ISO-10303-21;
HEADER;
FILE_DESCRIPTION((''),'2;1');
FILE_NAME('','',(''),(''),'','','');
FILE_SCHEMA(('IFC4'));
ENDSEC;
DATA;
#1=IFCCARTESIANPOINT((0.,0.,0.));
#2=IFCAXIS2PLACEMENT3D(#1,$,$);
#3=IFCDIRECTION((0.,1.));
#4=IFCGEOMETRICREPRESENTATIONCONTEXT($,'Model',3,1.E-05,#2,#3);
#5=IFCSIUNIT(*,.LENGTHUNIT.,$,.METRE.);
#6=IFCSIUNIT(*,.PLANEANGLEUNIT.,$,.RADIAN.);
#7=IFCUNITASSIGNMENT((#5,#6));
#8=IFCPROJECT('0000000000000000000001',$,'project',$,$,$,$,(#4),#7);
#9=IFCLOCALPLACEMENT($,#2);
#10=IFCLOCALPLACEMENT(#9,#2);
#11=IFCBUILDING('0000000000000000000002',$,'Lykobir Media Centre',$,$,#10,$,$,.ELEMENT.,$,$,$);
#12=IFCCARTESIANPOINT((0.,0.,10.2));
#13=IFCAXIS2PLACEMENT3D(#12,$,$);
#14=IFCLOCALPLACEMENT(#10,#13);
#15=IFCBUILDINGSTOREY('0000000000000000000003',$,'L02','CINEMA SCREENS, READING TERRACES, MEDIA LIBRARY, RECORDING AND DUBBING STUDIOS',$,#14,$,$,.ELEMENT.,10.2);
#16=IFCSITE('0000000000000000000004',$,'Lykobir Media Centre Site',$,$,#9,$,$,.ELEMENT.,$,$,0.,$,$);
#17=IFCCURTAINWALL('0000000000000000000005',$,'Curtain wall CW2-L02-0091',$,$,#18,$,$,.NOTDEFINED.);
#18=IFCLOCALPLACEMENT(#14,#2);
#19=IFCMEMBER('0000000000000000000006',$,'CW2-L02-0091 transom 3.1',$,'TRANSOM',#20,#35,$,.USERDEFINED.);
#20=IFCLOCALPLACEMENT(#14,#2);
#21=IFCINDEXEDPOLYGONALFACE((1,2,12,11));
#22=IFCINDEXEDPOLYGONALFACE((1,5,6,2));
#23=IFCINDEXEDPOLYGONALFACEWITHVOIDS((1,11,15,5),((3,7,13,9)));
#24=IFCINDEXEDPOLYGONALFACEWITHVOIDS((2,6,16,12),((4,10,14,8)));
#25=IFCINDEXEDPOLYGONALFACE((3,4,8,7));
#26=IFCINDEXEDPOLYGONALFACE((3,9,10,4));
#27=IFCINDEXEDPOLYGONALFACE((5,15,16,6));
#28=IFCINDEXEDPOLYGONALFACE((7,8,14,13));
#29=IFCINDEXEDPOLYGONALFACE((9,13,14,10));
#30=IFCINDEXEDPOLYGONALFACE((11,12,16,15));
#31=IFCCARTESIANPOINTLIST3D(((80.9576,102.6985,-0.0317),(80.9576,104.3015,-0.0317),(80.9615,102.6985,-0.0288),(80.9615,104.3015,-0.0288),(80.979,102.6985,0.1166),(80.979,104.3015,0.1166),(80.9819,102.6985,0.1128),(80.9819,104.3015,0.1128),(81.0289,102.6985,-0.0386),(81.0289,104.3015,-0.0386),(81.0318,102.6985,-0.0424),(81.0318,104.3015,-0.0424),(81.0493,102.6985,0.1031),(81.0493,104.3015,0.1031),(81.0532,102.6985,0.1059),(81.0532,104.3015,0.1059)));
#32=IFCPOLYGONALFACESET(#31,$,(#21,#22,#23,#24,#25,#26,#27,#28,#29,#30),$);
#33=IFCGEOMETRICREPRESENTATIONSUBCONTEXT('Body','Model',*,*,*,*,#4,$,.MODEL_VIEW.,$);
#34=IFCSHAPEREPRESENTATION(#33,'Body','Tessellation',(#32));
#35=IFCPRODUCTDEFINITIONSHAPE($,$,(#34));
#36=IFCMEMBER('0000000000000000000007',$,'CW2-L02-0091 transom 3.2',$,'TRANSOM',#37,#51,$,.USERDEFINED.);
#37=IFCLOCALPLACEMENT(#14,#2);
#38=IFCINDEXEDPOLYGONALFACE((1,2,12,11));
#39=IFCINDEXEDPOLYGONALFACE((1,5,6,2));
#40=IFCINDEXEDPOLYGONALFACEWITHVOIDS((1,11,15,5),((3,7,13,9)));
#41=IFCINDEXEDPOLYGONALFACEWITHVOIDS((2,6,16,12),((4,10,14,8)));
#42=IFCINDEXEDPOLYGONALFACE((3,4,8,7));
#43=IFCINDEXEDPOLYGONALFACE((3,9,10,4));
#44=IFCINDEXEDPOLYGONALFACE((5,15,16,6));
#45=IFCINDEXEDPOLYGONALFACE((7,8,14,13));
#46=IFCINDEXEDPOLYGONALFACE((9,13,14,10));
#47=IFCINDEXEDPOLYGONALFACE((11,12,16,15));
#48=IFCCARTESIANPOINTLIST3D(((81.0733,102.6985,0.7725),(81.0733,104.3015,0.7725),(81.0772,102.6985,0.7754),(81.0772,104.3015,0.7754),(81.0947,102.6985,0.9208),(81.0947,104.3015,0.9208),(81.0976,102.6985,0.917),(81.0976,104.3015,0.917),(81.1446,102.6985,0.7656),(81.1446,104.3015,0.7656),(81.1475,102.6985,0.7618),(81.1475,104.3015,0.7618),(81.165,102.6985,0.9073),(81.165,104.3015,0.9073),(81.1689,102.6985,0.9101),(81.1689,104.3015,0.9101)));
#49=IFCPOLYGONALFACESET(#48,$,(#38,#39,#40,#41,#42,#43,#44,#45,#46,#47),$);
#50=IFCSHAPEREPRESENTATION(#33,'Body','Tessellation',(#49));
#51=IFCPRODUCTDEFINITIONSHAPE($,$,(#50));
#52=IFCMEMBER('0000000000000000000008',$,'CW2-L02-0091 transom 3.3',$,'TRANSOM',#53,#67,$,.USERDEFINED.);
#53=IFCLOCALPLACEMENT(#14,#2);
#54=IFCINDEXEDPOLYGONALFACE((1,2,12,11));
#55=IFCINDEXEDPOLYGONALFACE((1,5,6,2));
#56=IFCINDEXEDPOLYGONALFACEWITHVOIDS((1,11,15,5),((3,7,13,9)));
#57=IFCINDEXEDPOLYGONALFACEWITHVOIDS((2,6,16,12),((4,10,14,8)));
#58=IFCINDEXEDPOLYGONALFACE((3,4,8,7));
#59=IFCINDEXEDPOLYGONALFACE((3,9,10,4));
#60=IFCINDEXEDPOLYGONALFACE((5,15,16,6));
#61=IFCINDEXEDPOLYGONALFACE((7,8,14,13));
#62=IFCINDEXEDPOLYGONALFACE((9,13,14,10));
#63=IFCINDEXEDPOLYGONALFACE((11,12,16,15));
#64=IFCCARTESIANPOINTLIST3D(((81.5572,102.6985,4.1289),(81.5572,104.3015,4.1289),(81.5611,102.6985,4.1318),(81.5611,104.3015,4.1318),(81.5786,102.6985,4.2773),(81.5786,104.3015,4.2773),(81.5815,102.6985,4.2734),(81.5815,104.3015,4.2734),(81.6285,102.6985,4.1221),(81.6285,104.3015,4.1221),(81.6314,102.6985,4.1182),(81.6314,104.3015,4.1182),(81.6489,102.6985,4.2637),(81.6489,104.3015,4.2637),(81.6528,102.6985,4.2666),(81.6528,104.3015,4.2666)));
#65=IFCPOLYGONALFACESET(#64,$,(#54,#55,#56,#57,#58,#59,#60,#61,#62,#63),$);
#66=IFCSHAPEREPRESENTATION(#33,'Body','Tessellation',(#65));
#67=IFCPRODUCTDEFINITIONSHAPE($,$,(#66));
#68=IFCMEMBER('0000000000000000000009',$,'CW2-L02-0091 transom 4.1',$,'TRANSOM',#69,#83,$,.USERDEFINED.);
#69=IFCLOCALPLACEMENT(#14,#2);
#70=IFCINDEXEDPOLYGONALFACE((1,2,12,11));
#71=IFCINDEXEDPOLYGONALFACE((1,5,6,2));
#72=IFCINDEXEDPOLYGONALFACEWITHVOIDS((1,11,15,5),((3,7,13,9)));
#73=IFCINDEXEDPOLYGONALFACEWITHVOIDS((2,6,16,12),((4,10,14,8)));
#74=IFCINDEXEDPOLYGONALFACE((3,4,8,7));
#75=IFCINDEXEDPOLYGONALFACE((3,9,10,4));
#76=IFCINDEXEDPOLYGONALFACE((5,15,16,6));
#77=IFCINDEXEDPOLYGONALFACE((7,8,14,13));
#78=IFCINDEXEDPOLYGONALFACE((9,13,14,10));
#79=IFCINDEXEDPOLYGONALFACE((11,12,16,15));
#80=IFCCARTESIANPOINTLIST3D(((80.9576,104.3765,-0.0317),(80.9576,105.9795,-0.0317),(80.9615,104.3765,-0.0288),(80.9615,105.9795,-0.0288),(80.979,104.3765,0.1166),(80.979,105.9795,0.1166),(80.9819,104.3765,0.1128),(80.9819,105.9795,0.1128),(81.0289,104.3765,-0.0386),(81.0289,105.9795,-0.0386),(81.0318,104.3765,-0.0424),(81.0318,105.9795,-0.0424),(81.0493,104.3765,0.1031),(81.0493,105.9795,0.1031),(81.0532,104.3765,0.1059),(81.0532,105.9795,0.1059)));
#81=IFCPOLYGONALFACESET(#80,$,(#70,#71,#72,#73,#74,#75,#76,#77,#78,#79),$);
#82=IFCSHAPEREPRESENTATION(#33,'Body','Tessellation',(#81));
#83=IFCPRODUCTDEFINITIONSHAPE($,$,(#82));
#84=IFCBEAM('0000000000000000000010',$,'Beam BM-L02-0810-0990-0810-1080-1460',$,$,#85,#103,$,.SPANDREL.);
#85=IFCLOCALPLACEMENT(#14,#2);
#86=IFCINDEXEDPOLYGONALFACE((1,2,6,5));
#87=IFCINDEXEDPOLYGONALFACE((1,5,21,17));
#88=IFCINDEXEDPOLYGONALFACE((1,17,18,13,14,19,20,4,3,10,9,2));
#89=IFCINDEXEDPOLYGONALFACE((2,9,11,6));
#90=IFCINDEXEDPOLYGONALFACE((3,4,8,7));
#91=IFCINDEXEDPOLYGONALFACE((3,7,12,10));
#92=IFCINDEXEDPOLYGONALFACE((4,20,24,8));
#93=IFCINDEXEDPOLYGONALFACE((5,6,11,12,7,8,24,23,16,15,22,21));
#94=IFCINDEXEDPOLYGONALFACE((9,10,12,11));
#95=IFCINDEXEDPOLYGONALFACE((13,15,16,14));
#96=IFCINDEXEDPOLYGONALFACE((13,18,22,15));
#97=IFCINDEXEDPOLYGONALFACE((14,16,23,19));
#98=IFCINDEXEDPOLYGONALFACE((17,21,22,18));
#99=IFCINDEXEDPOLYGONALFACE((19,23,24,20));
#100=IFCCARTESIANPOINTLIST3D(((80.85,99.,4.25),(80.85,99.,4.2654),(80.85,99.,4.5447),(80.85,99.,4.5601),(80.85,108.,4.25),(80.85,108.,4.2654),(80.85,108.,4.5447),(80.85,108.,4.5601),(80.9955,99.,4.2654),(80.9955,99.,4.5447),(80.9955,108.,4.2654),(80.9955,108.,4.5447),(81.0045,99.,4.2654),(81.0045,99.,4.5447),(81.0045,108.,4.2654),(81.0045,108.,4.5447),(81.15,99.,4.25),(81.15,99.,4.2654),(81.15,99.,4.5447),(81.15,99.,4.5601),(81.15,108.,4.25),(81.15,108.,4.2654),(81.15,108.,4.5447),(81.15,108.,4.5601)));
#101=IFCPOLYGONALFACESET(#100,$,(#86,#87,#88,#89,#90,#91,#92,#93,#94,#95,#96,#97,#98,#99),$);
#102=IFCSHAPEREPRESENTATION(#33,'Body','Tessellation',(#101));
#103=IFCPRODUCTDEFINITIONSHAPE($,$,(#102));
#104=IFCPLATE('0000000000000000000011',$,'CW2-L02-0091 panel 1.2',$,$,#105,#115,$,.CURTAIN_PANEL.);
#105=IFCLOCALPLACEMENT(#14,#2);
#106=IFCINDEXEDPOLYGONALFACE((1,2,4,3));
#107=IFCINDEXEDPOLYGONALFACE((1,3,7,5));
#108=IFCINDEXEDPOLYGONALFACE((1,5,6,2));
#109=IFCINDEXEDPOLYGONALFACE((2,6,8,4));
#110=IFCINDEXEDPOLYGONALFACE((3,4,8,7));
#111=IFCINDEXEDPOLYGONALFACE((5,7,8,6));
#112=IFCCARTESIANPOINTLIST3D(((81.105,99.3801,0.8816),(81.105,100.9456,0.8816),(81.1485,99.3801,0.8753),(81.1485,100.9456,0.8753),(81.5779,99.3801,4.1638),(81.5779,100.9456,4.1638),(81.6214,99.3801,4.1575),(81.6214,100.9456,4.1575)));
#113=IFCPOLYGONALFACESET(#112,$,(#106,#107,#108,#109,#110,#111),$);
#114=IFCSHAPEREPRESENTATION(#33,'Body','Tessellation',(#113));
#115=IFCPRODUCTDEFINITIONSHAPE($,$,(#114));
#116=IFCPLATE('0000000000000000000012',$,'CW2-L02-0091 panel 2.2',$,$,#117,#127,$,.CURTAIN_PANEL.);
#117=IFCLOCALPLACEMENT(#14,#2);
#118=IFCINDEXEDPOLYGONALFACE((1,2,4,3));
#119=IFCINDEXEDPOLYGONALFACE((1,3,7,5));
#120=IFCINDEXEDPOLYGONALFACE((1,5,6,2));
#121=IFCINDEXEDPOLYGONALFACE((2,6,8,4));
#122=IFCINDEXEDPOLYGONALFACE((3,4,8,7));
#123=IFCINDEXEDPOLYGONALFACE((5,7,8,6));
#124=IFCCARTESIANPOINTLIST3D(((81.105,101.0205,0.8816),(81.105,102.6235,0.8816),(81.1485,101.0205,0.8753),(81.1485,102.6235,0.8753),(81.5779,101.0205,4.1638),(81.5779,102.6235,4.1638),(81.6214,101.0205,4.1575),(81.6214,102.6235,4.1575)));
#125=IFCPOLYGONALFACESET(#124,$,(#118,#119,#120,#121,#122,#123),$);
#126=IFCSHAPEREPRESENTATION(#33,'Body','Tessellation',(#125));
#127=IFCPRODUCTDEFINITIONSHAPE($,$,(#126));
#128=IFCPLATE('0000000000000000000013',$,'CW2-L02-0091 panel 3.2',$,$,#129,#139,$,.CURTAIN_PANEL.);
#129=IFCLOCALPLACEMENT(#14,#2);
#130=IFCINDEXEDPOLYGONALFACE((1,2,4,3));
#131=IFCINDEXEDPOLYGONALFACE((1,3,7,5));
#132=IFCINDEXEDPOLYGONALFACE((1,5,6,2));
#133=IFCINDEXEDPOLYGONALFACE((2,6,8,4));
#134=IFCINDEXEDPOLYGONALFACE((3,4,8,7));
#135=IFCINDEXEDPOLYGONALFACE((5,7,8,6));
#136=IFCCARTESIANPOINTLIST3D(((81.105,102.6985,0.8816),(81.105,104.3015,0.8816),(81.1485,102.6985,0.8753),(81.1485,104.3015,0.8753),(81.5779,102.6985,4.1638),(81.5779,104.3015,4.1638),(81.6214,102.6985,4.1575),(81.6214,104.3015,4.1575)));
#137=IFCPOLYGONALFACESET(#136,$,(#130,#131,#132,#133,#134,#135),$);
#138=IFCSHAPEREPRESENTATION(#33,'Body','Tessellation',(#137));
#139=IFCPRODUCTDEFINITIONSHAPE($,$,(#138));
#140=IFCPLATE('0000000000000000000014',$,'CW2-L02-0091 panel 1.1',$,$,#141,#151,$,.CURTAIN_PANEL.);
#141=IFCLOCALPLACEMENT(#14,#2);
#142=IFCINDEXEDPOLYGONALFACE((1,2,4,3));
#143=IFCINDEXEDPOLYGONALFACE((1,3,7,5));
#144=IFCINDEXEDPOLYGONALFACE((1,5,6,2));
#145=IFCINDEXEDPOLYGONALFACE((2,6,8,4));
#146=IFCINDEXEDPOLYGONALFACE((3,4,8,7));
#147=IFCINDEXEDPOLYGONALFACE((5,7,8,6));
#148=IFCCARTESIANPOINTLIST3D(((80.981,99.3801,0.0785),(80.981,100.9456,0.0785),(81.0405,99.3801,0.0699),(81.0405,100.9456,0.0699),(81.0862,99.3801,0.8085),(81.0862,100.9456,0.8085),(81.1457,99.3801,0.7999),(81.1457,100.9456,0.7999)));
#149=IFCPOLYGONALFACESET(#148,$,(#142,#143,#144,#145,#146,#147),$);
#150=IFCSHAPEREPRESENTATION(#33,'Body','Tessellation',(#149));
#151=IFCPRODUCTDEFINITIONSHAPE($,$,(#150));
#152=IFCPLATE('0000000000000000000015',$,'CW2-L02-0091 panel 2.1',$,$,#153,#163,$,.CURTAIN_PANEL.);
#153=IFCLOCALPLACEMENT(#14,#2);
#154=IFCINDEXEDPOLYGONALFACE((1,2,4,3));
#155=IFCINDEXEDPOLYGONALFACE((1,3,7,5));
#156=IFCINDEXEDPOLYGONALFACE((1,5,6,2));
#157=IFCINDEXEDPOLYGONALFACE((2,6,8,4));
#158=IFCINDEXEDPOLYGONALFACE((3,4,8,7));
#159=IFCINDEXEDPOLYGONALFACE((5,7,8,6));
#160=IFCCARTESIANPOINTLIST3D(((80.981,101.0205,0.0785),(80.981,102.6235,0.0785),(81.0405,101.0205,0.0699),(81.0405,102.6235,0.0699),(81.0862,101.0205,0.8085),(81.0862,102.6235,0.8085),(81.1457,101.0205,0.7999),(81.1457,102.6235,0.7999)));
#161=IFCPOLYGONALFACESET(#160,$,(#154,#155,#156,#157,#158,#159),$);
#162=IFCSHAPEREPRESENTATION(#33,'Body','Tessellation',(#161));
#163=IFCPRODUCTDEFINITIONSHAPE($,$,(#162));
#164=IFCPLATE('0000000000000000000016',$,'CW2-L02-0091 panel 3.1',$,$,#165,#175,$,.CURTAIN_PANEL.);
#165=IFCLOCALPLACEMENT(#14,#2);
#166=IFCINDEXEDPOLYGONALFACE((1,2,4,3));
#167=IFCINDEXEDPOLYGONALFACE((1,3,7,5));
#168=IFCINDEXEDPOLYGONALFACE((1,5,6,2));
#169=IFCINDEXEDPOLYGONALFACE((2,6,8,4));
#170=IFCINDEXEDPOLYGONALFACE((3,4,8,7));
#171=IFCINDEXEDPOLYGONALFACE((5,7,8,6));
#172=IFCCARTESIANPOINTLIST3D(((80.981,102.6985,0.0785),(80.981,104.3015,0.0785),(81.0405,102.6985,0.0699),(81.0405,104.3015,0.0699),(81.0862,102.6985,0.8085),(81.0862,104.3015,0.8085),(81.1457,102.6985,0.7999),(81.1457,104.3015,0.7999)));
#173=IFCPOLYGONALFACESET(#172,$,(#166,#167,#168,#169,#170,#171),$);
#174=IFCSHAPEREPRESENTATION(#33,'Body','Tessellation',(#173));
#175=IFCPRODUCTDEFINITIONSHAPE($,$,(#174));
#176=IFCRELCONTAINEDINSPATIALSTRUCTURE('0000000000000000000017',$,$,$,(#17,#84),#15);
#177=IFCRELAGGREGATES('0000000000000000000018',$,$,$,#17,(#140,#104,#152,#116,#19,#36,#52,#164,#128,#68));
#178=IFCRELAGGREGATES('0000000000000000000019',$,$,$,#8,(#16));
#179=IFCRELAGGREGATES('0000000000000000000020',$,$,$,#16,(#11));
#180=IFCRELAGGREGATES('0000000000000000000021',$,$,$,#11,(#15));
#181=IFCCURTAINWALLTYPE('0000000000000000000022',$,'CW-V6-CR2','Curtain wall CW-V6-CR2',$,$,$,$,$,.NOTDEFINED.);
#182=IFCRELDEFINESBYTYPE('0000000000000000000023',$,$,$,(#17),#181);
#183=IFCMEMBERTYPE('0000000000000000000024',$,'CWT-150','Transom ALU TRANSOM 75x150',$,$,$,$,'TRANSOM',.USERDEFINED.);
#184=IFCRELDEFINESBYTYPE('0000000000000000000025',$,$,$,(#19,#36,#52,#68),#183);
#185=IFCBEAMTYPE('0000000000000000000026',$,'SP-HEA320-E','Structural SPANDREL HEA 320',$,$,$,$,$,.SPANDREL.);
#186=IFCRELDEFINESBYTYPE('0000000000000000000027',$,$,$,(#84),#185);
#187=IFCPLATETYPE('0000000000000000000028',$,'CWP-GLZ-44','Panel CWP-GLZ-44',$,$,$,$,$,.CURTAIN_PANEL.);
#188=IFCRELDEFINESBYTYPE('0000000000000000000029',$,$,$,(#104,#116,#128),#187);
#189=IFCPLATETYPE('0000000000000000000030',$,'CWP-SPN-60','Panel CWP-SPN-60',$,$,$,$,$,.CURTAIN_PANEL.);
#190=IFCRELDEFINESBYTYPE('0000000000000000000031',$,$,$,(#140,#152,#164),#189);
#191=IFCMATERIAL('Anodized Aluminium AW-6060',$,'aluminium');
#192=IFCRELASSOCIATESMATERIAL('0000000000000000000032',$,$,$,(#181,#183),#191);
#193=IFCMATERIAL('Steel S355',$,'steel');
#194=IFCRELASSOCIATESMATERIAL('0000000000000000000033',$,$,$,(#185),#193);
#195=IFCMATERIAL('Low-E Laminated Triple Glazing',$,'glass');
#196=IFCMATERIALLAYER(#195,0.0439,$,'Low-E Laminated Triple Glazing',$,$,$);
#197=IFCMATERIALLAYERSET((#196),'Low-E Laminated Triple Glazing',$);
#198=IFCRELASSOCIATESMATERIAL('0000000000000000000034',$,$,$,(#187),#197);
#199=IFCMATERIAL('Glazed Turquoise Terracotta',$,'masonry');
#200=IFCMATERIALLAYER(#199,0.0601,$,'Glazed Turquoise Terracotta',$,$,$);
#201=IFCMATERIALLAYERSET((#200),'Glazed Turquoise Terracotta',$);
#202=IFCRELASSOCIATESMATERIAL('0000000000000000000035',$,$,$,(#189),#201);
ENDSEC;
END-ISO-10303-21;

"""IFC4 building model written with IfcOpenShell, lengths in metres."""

from ifc_helpers import new_model, si_unit, direction, frame, origin, origin_2d, place, context, subcontext, project, spatial, rectangle, hollow_rectangle, i_section, extrude, material, layer, layer_set, material_profile, profile_set, type_object, element, aggregate, save


model = new_model("IFC4")

# Units and contexts
model_context = context("Model", 3, precision=1e-05, world=origin(), true_north=direction((0.0, 1.0)))
body_context = subcontext(model_context, "Body", "Model", "MODEL_VIEW")
ifc_project = project(units=[si_unit("LENGTHUNIT", "METRE"), si_unit("PLANEANGLEUNIT", "RADIAN")], contexts=[model_context])

# Site, building, storey
site_placement = place(None, origin())
site = spatial("IfcSite", under=ifc_project, at=site_placement, Name="Lykobir Media Centre Site", CompositionType="ELEMENT", RefElevation=0.0)
building_placement = place(site_placement, origin())
building = spatial("IfcBuilding", under=site, at=building_placement, Name="Lykobir Media Centre", CompositionType="ELEMENT")
storey_placement = place(building_placement, frame((0.0, 0.0, 10.2)))
storey = spatial("IfcBuildingStorey", under=building, at=storey_placement, Name="L02", Description="CINEMA SCREENS, READING TERRACES, MEDIA LIBRARY, RECORDING AND DUBBING STUDIOS", CompositionType="ELEMENT", Elevation=10.2)

# Curtain wall, members
ifc_material_1 = material(Name="Anodized Aluminium AW-6060", Category="aluminium")
curtain_wall_type = type_object("IfcCurtainWallType", Name="CW-V6-CR2", Description="Curtain wall CW-V6-CR2", PredefinedType="NOTDEFINED", material=ifc_material_1)
curtain_wall_placement = place(storey_placement, origin())
curtain_wall = element("IfcCurtainWall", 1, at=curtain_wall_placement, inside=storey, type_object=curtain_wall_type, Name="Curtain wall CW2-L02-0091", PredefinedType="NOTDEFINED")
ifc_material_profile_1 = material_profile(ifc_material_1, hollow_rectangle(XDim=0.075, YDim=0.1499, WallThickness=0.0034, at=origin_2d()), Name="ALU TRANSOM 75x150")
ifc_profile_set_1 = profile_set([ifc_material_profile_1], Name="Anodized Aluminium AW-6060")
member_type_1 = type_object("IfcMemberType", Name="CWT-150", Description="Transom ALU TRANSOM 75x150", ElementType="TRANSOM", PredefinedType="USERDEFINED", material=ifc_profile_set_1)
member_1_placement = place(storey_placement, frame((81.0054, 102.6985, 0.0371), z_axis=(0.0, 1.0, 0.0), x_axis=(-0.989776, 0.0, 0.142629)))
member_1 = element("IfcMember", 2, at=member_1_placement, type_object=member_type_1, Name="CW2-L02-0091 transom 3.1", ObjectType="TRANSOM", PredefinedType="USERDEFINED", context=body_context, shape_type="SweptSolid", body=[
    extrude(hollow_rectangle(XDim=0.075, YDim=0.1499, WallThickness=0.0034, at=origin_2d()), origin(), (0.0, 0.0, 1.0), 1.603),
])
member_2_placement = place(storey_placement, frame((81.1211, 102.6985, 0.8413), z_axis=(0.0, 1.0, 0.0), x_axis=(-0.989776, 0.0, 0.142629)))
member_2 = element("IfcMember", 3, at=member_2_placement, type_object=member_type_1, Name="CW2-L02-0091 transom 3.2", ObjectType="TRANSOM", PredefinedType="USERDEFINED", context=body_context, shape_type="SweptSolid", body=[
    extrude(hollow_rectangle(XDim=0.075, YDim=0.1499, WallThickness=0.0034, at=origin_2d()), origin(), (0.0, 0.0, 1.0), 1.603),
])
member_3_placement = place(storey_placement, frame((81.605, 102.6985, 4.1978), z_axis=(0.0, 1.0, 0.0), x_axis=(-0.989776, 0.0, 0.142629)))
member_3 = element("IfcMember", 4, at=member_3_placement, type_object=member_type_1, Name="CW2-L02-0091 transom 3.3", ObjectType="TRANSOM", PredefinedType="USERDEFINED", context=body_context, shape_type="SweptSolid", body=[
    extrude(hollow_rectangle(XDim=0.075, YDim=0.1499, WallThickness=0.0034, at=origin_2d()), origin(), (0.0, 0.0, 1.0), 1.603),
])
member_4_placement = place(storey_placement, frame((81.0054, 104.3765, 0.0371), z_axis=(0.0, 1.0, 0.0), x_axis=(-0.989776, 0.0, 0.142629)))
member_4 = element("IfcMember", 5, at=member_4_placement, type_object=member_type_1, Name="CW2-L02-0091 transom 4.1", ObjectType="TRANSOM", PredefinedType="USERDEFINED", context=body_context, shape_type="SweptSolid", body=[
    extrude(hollow_rectangle(XDim=0.075, YDim=0.1499, WallThickness=0.0034, at=origin_2d()), origin(), (0.0, 0.0, 1.0), 1.603),
])

# Beam
ifc_material_2 = material(Name="Steel S355", Category="steel")
ifc_material_profile_2 = material_profile(ifc_material_2, i_section(OverallWidth=0.3, OverallDepth=0.3101, WebThickness=0.009, FlangeThickness=0.0154, at=origin_2d()), Name="HEA 320")
ifc_profile_set_2 = profile_set([ifc_material_profile_2], Name="Steel S355")
beam_type = type_object("IfcBeamType", Name="SP-HEA320-E", Description="Structural SPANDREL HEA 320", PredefinedType="SPANDREL", material=ifc_profile_set_2)
beam_placement = place(storey_placement, frame((81.0, 99.0, 4.405), z_axis=(0.0, 1.0, 0.0), x_axis=(-1.0, 0.0, 0.0)))
element("IfcBeam", 6, at=beam_placement, inside=storey, type_object=beam_type, Name="Beam BM-L02-0810-0990-0810-1080-1460", PredefinedType="SPANDREL", context=body_context, shape_type="SweptSolid", body=[
    extrude(i_section(OverallWidth=0.3, OverallDepth=0.3101, WebThickness=0.009, FlangeThickness=0.0154, at=origin_2d()), origin(), (0.0, 0.0, 1.0), 9.0),
])

# Plates
ifc_material_3 = material(Name="Low-E Laminated Triple Glazing", Category="glass")
ifc_layer_1 = layer(ifc_material_3, 0.0439, Name="Low-E Laminated Triple Glazing")
ifc_layer_set_1 = layer_set([ifc_layer_1], Name="Low-E Laminated Triple Glazing")
plate_type_1 = type_object("IfcPlateType", Name="CWP-GLZ-44", Description="Panel CWP-GLZ-44", PredefinedType="CURTAIN_PANEL", material=ifc_layer_set_1)
plate_1_placement = place(storey_placement, frame((81.1267, 100.1628, 0.8784), z_axis=(0.142629, 0.0, 0.989776), x_axis=(0.0, 1.0, 0.0)))
plate_1 = element("IfcPlate", 7, at=plate_1_placement, type_object=plate_type_1, Name="CW2-L02-0091 panel 1.2", PredefinedType="CURTAIN_PANEL", context=body_context, shape_type="SweptSolid", body=[
    extrude(rectangle(XDim=1.5654, YDim=0.0439, at=origin_2d()), origin(), (0.0, 0.0, 1.0), 3.3162),
])
plate_2_placement = place(storey_placement, frame((81.1267, 101.822, 0.8784), z_axis=(0.142629, 0.0, 0.989776), x_axis=(0.0, 1.0, 0.0)))
plate_2 = element("IfcPlate", 8, at=plate_2_placement, type_object=plate_type_1, Name="CW2-L02-0091 panel 2.2", PredefinedType="CURTAIN_PANEL", context=body_context, shape_type="SweptSolid", body=[
    extrude(rectangle(XDim=1.603, YDim=0.0439, at=origin_2d()), origin(), (0.0, 0.0, 1.0), 3.3162),
])
plate_3_placement = place(storey_placement, frame((81.1267, 103.5, 0.8784), z_axis=(0.142629, 0.0, 0.989776), x_axis=(0.0, 1.0, 0.0)))
plate_3 = element("IfcPlate", 9, at=plate_3_placement, type_object=plate_type_1, Name="CW2-L02-0091 panel 3.2", PredefinedType="CURTAIN_PANEL", context=body_context, shape_type="SweptSolid", body=[
    extrude(rectangle(XDim=1.603, YDim=0.0439, at=origin_2d()), origin(), (0.0, 0.0, 1.0), 3.3162),
])
ifc_material_4 = material(Name="Glazed Turquoise Terracotta", Category="masonry")
ifc_layer_2 = layer(ifc_material_4, 0.0601, Name="Glazed Turquoise Terracotta")
ifc_layer_set_2 = layer_set([ifc_layer_2], Name="Glazed Turquoise Terracotta")
plate_type_2 = type_object("IfcPlateType", Name="CWP-SPN-60", Description="Panel CWP-SPN-60", PredefinedType="CURTAIN_PANEL", material=ifc_layer_set_2)
plate_4_placement = place(storey_placement, frame((81.0107, 100.1628, 0.0742), z_axis=(0.142629, 0.0, 0.989776), x_axis=(0.0, 1.0, 0.0)))
plate_4 = element("IfcPlate", 10, at=plate_4_placement, type_object=plate_type_2, Name="CW2-L02-0091 panel 1.1", PredefinedType="CURTAIN_PANEL", context=body_context, shape_type="SweptSolid", body=[
    extrude(rectangle(XDim=1.5654, YDim=0.0601, at=origin_2d()), origin(), (0.0, 0.0, 1.0), 0.7375),
])
plate_5_placement = place(storey_placement, frame((81.0107, 101.822, 0.0742), z_axis=(0.142629, 0.0, 0.989776), x_axis=(0.0, 1.0, 0.0)))
plate_5 = element("IfcPlate", 11, at=plate_5_placement, type_object=plate_type_2, Name="CW2-L02-0091 panel 2.1", PredefinedType="CURTAIN_PANEL", context=body_context, shape_type="SweptSolid", body=[
    extrude(rectangle(XDim=1.603, YDim=0.0601, at=origin_2d()), origin(), (0.0, 0.0, 1.0), 0.7375),
])
plate_6_placement = place(storey_placement, frame((81.0107, 103.5, 0.0742), z_axis=(0.142629, 0.0, 0.989776), x_axis=(0.0, 1.0, 0.0)))
plate_6 = element("IfcPlate", 12, at=plate_6_placement, type_object=plate_type_2, Name="CW2-L02-0091 panel 3.1", PredefinedType="CURTAIN_PANEL", context=body_context, shape_type="SweptSolid", body=[
    extrude(rectangle(XDim=1.603, YDim=0.0601, at=origin_2d()), origin(), (0.0, 0.0, 1.0), 0.7375),
])
aggregate(curtain_wall, [plate_4, plate_1, plate_5, plate_2, member_1, member_2, member_3, plate_6, plate_3, member_4])

save(model, "model.ifc")
